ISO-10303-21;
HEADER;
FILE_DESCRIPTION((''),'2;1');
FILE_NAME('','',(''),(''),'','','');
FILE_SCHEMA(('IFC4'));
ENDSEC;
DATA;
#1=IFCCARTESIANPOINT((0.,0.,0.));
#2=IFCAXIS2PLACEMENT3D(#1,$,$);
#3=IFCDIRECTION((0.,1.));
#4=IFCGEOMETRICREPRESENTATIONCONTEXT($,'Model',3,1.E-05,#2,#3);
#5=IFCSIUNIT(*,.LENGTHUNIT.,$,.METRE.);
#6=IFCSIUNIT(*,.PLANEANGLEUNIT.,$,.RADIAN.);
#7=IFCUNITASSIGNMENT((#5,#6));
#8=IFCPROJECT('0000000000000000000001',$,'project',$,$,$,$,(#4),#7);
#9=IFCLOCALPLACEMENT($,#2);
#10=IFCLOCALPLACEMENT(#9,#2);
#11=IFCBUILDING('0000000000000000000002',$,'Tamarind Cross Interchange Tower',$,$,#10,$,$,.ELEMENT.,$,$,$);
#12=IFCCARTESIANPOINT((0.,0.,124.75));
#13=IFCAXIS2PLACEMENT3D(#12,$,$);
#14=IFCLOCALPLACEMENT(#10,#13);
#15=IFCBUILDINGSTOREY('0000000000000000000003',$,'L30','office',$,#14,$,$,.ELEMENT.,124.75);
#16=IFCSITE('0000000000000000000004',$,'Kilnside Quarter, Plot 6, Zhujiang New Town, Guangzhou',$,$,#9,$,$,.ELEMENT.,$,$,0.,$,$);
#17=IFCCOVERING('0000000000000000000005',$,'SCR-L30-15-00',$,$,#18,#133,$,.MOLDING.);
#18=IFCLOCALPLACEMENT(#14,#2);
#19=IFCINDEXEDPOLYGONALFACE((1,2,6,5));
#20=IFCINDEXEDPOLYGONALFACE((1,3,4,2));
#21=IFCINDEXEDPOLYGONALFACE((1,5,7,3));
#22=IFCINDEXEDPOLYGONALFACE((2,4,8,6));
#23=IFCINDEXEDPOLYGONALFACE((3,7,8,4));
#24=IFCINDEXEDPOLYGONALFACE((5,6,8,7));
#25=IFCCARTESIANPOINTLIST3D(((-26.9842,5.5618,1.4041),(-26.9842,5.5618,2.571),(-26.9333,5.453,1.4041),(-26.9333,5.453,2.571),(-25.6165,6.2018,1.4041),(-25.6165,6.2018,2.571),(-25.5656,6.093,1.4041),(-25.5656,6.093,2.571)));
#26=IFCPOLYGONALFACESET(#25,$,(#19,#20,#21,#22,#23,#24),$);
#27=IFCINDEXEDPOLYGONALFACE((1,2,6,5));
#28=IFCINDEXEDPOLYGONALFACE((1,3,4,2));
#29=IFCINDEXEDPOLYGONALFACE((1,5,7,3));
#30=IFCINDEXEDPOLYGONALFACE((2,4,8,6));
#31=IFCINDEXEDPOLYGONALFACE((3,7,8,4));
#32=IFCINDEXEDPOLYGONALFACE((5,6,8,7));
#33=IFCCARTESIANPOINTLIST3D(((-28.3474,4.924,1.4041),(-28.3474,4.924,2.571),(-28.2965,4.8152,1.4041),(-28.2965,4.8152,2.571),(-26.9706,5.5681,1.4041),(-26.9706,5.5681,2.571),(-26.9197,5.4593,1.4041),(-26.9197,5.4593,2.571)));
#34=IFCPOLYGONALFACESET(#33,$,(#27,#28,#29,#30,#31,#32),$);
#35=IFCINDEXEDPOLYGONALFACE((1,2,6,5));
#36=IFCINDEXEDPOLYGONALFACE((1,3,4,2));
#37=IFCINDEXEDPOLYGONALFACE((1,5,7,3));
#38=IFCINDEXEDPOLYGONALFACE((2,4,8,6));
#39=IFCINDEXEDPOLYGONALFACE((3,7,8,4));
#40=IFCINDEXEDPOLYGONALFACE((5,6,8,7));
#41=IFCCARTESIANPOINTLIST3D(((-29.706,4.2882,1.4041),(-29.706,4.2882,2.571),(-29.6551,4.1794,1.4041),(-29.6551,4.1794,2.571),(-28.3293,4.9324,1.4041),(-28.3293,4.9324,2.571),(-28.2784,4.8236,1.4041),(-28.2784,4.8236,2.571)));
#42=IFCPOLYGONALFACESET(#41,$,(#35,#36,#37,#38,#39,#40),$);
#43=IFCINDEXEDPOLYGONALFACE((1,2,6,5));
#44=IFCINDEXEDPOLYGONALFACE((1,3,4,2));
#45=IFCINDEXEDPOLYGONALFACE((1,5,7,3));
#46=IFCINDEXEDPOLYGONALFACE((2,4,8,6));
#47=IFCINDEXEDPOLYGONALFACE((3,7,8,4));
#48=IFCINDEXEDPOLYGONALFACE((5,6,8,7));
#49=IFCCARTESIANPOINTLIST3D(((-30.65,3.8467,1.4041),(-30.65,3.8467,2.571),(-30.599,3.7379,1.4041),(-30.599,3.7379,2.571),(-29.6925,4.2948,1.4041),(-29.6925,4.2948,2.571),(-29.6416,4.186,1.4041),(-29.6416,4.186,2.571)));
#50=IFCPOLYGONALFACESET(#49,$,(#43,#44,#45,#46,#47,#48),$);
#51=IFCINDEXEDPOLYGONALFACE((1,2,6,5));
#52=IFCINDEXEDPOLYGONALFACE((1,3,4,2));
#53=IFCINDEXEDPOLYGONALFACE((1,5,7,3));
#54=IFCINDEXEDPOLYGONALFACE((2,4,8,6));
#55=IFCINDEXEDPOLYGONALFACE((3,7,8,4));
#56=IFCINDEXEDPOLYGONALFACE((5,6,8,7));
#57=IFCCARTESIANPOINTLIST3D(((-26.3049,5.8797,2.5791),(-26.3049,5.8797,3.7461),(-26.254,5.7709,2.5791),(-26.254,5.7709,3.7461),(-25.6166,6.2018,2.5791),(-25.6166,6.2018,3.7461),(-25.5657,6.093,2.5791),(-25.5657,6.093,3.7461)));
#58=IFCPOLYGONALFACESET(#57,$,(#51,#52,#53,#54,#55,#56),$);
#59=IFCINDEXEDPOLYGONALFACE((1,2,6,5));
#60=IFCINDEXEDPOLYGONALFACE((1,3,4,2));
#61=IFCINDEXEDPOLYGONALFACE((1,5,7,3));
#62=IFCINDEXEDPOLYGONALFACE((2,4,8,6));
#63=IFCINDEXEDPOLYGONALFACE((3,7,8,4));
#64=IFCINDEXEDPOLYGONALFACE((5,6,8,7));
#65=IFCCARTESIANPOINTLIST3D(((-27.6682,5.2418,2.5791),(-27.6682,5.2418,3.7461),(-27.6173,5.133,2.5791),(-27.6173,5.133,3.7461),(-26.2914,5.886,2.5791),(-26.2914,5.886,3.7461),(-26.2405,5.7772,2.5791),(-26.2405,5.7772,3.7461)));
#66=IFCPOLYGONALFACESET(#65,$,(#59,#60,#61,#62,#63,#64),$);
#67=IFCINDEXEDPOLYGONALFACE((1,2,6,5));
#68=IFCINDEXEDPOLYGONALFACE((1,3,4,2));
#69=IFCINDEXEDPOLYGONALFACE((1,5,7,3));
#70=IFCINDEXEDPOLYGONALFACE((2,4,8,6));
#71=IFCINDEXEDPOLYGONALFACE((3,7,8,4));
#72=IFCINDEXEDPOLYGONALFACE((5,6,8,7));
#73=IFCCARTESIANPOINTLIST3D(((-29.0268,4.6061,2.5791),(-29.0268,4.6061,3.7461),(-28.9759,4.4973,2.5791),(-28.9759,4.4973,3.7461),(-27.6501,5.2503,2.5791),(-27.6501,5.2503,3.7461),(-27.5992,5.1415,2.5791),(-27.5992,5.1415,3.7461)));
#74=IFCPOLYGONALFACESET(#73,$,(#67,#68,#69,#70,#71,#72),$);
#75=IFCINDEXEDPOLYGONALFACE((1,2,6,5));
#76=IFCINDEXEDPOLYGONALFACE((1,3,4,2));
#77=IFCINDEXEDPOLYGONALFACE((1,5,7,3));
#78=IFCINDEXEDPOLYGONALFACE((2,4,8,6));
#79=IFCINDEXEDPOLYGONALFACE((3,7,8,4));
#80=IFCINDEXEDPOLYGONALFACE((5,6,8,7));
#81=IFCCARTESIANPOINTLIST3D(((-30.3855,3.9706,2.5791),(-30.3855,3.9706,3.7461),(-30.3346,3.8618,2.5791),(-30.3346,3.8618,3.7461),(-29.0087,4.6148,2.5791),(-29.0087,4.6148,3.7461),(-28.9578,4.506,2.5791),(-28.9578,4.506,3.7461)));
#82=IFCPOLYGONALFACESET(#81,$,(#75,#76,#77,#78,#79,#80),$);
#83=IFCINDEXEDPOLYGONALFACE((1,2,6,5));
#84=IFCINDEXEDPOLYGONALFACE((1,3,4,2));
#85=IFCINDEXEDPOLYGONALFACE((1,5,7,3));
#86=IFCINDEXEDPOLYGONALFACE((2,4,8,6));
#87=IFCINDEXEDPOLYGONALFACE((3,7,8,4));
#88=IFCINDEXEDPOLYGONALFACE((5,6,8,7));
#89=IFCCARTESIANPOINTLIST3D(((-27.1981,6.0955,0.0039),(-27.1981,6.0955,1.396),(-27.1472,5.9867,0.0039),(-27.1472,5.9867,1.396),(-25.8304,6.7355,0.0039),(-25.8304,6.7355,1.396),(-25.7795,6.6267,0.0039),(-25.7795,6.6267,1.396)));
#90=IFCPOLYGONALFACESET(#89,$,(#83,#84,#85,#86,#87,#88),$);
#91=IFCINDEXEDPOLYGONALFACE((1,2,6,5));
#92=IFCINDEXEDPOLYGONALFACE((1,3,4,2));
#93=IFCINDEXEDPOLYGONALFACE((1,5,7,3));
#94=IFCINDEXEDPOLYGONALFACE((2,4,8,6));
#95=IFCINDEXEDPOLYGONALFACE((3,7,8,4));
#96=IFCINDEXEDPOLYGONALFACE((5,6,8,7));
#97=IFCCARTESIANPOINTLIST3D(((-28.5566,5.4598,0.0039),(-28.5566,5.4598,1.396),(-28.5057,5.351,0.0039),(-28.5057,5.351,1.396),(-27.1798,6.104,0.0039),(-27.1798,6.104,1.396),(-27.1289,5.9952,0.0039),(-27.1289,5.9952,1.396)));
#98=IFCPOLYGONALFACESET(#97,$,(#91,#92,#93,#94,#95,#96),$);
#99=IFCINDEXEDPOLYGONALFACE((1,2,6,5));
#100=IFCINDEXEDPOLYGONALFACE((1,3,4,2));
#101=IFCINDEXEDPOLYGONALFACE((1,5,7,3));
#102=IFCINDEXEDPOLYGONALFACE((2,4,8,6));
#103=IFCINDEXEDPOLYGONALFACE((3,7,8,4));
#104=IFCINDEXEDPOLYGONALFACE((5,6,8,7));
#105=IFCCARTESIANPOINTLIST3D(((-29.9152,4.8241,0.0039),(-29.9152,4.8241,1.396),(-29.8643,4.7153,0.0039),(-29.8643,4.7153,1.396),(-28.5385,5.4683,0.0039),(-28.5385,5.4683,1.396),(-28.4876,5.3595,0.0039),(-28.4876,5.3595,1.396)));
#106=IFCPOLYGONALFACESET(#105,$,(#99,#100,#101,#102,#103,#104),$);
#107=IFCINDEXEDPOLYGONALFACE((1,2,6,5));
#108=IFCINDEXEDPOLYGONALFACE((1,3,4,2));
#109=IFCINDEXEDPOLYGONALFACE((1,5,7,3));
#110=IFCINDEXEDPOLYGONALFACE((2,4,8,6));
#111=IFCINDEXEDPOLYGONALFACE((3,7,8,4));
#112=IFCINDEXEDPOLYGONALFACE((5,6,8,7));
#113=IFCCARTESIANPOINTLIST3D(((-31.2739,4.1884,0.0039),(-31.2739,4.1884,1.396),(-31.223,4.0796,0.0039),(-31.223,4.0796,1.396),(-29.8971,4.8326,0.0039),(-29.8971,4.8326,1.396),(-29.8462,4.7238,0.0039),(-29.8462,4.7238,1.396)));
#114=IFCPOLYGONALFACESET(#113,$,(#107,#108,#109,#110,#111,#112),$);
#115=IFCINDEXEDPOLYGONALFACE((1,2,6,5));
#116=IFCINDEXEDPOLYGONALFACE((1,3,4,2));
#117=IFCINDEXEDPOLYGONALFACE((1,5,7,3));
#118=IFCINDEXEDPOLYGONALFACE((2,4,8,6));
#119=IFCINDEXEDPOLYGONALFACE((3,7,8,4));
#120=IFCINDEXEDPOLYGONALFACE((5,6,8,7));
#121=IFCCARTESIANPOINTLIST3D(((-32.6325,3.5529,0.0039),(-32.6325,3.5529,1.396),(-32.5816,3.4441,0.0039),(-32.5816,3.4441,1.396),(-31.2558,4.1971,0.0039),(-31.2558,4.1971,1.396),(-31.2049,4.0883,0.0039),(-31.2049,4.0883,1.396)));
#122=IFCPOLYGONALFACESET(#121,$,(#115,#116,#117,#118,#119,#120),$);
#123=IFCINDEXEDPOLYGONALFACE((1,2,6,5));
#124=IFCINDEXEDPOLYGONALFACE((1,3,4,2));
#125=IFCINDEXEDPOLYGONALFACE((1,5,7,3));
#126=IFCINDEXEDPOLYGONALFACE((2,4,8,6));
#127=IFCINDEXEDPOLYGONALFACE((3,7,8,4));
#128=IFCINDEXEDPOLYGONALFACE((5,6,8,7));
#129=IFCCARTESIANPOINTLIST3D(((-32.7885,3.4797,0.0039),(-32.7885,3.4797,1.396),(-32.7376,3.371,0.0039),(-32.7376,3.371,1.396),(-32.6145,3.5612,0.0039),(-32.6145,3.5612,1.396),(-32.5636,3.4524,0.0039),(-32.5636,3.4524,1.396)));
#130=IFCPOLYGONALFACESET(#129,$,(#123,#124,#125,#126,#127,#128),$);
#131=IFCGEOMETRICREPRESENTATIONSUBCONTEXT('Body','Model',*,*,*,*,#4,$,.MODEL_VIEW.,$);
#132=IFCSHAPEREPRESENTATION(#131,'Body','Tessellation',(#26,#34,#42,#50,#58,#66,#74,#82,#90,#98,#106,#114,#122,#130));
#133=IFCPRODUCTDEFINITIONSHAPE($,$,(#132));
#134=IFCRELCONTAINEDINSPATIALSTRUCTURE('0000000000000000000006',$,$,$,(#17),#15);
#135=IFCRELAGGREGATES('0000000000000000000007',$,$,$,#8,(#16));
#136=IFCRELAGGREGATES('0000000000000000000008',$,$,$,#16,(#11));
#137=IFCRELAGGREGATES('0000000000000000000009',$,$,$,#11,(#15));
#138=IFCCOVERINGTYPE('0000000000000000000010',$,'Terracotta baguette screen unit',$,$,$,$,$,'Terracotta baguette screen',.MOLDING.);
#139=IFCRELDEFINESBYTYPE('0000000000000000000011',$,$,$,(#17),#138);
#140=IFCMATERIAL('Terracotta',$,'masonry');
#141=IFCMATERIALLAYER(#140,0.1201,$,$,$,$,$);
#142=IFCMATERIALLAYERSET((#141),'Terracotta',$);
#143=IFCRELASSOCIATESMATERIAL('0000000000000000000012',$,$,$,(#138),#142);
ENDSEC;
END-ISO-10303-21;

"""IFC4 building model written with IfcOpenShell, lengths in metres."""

from ifc_helpers import new_model, si_unit, direction, frame, origin, origin_2d, place, context, subcontext, project, spatial, rectangle, extrude, material, layer, layer_set, type_object, element, save


model = new_model("IFC4")

# Units and contexts
model_context = context("Model", 3, precision=1e-05, world=origin(), true_north=direction((0.0, 1.0)))
body_context = subcontext(model_context, "Body", "Model", "MODEL_VIEW")
ifc_project = project(units=[si_unit("LENGTHUNIT", "METRE"), si_unit("PLANEANGLEUNIT", "RADIAN")], contexts=[model_context])

# Site, building, storey
site_placement = place(None, origin())
site = spatial("IfcSite", under=ifc_project, at=site_placement, Name="Kilnside Quarter, Plot 6, Zhujiang New Town, Guangzhou", CompositionType="ELEMENT", RefElevation=0.0)
building_placement = place(site_placement, origin())
building = spatial("IfcBuilding", under=site, at=building_placement, Name="Tamarind Cross Interchange Tower", CompositionType="ELEMENT")
storey_placement = place(building_placement, frame((0.0, 0.0, 124.75)))
storey = spatial("IfcBuildingStorey", under=building, at=storey_placement, Name="L30", Description="office", CompositionType="ELEMENT", Elevation=124.75)

# Covering
ifc_material_1 = material(Name="Terracotta", Category="masonry")
ifc_layer_1 = layer(ifc_material_1, 0.1201)
ifc_layer_set_1 = layer_set([ifc_layer_1], Name="Terracotta")
covering_type = type_object("IfcCoveringType", Name="Terracotta baguette screen unit", ElementType="Terracotta baguette screen", PredefinedType="MOLDING", material=ifc_layer_set_1)
covering_1_placement = place(storey_placement, origin())
element("IfcCovering", 1, at=covering_1_placement, inside=storey, type_object=covering_type, Name="SCR-L30-15-00", PredefinedType="MOLDING", context=body_context, shape_type="SweptSolid", body=[
    extrude(rectangle(XDim=1.51, YDim=0.1201, at=origin_2d()), frame((-26.2749, 5.8274, 1.4041), z_axis=(0.0, 0.0, 1.0), x_axis=(-0.905752, -0.423807, 0.0)), (0.0, 0.0, 1.0), 1.167),
    extrude(rectangle(XDim=1.52, YDim=0.1201, at=origin_2d()), frame((-27.6335, 5.1917, 1.4041), z_axis=(0.0, 0.0, 1.0), x_axis=(-0.905752, -0.423807, 0.0)), (0.0, 0.0, 1.0), 1.167),
    extrude(rectangle(XDim=1.52, YDim=0.1201, at=origin_2d()), frame((-28.9922, 4.5559, 1.4041), z_axis=(0.0, 0.0, 1.0), x_axis=(-0.905752, -0.423807, 0.0)), (0.0, 0.0, 1.0), 1.167),
    extrude(rectangle(XDim=1.0571, YDim=0.1201, at=origin_2d()), frame((-30.1458, 4.0164, 1.4041), z_axis=(0.0, 0.0, 1.0), x_axis=(-0.905752, -0.423807, 0.0)), (0.0, 0.0, 1.0), 1.167),
    extrude(rectangle(XDim=0.76, YDim=0.1201, at=origin_2d()), frame((-25.9353, 5.9863, 2.5791), z_axis=(0.0, 0.0, 1.0), x_axis=(-0.905752, -0.423807, 0.0)), (0.0, 0.0, 1.0), 1.167),
    extrude(rectangle(XDim=1.52, YDim=0.1201, at=origin_2d()), frame((-26.9543, 5.5095, 2.5791), z_axis=(0.0, 0.0, 1.0), x_axis=(-0.905752, -0.423807, 0.0)), (0.0, 0.0, 1.0), 1.167),
    extrude(rectangle(XDim=1.52, YDim=0.1201, at=origin_2d()), frame((-28.313, 4.8738, 2.5791), z_axis=(0.0, 0.0, 1.0), x_axis=(-0.905752, -0.423807, 0.0)), (0.0, 0.0, 1.0), 1.167),
    extrude(rectangle(XDim=1.52, YDim=0.1201, at=origin_2d()), frame((-29.6716, 4.2383, 2.5791), z_axis=(0.0, 0.0, 1.0), x_axis=(-0.905752, -0.423807, 0.0)), (0.0, 0.0, 1.0), 1.167),
    extrude(rectangle(XDim=1.51, YDim=0.1201, at=origin_2d()), frame((-26.4888, 6.3611, 0.0039), z_axis=(0.0, 0.0, 1.0), x_axis=(-0.905752, -0.423807, 0.0)), (0.0, 0.0, 1.0), 1.3921),
    extrude(rectangle(XDim=1.52, YDim=0.1201, at=origin_2d()), frame((-27.8428, 5.7275, 0.0039), z_axis=(0.0, 0.0, 1.0), x_axis=(-0.905752, -0.423807, 0.0)), (0.0, 0.0, 1.0), 1.3921),
    extrude(rectangle(XDim=1.52, YDim=0.1201, at=origin_2d()), frame((-29.2014, 5.0918, 0.0039), z_axis=(0.0, 0.0, 1.0), x_axis=(-0.905752, -0.423807, 0.0)), (0.0, 0.0, 1.0), 1.3921),
    extrude(rectangle(XDim=1.52, YDim=0.1201, at=origin_2d()), frame((-30.5601, 4.4561, 0.0039), z_axis=(0.0, 0.0, 1.0), x_axis=(-0.905752, -0.423807, 0.0)), (0.0, 0.0, 1.0), 1.3921),
    extrude(rectangle(XDim=1.52, YDim=0.1201, at=origin_2d()), frame((-31.9187, 3.8206, 0.0039), z_axis=(0.0, 0.0, 1.0), x_axis=(-0.905752, -0.423807, 0.0)), (0.0, 0.0, 1.0), 1.3921),
    extrude(rectangle(XDim=0.1921, YDim=0.1201, at=origin_2d()), frame((-32.676, 3.4661, 0.0039), z_axis=(0.0, 0.0, 1.0), x_axis=(-0.905752, -0.423807, 0.0)), (0.0, 0.0, 1.0), 1.3921),
])

save(model, "model.ifc")
